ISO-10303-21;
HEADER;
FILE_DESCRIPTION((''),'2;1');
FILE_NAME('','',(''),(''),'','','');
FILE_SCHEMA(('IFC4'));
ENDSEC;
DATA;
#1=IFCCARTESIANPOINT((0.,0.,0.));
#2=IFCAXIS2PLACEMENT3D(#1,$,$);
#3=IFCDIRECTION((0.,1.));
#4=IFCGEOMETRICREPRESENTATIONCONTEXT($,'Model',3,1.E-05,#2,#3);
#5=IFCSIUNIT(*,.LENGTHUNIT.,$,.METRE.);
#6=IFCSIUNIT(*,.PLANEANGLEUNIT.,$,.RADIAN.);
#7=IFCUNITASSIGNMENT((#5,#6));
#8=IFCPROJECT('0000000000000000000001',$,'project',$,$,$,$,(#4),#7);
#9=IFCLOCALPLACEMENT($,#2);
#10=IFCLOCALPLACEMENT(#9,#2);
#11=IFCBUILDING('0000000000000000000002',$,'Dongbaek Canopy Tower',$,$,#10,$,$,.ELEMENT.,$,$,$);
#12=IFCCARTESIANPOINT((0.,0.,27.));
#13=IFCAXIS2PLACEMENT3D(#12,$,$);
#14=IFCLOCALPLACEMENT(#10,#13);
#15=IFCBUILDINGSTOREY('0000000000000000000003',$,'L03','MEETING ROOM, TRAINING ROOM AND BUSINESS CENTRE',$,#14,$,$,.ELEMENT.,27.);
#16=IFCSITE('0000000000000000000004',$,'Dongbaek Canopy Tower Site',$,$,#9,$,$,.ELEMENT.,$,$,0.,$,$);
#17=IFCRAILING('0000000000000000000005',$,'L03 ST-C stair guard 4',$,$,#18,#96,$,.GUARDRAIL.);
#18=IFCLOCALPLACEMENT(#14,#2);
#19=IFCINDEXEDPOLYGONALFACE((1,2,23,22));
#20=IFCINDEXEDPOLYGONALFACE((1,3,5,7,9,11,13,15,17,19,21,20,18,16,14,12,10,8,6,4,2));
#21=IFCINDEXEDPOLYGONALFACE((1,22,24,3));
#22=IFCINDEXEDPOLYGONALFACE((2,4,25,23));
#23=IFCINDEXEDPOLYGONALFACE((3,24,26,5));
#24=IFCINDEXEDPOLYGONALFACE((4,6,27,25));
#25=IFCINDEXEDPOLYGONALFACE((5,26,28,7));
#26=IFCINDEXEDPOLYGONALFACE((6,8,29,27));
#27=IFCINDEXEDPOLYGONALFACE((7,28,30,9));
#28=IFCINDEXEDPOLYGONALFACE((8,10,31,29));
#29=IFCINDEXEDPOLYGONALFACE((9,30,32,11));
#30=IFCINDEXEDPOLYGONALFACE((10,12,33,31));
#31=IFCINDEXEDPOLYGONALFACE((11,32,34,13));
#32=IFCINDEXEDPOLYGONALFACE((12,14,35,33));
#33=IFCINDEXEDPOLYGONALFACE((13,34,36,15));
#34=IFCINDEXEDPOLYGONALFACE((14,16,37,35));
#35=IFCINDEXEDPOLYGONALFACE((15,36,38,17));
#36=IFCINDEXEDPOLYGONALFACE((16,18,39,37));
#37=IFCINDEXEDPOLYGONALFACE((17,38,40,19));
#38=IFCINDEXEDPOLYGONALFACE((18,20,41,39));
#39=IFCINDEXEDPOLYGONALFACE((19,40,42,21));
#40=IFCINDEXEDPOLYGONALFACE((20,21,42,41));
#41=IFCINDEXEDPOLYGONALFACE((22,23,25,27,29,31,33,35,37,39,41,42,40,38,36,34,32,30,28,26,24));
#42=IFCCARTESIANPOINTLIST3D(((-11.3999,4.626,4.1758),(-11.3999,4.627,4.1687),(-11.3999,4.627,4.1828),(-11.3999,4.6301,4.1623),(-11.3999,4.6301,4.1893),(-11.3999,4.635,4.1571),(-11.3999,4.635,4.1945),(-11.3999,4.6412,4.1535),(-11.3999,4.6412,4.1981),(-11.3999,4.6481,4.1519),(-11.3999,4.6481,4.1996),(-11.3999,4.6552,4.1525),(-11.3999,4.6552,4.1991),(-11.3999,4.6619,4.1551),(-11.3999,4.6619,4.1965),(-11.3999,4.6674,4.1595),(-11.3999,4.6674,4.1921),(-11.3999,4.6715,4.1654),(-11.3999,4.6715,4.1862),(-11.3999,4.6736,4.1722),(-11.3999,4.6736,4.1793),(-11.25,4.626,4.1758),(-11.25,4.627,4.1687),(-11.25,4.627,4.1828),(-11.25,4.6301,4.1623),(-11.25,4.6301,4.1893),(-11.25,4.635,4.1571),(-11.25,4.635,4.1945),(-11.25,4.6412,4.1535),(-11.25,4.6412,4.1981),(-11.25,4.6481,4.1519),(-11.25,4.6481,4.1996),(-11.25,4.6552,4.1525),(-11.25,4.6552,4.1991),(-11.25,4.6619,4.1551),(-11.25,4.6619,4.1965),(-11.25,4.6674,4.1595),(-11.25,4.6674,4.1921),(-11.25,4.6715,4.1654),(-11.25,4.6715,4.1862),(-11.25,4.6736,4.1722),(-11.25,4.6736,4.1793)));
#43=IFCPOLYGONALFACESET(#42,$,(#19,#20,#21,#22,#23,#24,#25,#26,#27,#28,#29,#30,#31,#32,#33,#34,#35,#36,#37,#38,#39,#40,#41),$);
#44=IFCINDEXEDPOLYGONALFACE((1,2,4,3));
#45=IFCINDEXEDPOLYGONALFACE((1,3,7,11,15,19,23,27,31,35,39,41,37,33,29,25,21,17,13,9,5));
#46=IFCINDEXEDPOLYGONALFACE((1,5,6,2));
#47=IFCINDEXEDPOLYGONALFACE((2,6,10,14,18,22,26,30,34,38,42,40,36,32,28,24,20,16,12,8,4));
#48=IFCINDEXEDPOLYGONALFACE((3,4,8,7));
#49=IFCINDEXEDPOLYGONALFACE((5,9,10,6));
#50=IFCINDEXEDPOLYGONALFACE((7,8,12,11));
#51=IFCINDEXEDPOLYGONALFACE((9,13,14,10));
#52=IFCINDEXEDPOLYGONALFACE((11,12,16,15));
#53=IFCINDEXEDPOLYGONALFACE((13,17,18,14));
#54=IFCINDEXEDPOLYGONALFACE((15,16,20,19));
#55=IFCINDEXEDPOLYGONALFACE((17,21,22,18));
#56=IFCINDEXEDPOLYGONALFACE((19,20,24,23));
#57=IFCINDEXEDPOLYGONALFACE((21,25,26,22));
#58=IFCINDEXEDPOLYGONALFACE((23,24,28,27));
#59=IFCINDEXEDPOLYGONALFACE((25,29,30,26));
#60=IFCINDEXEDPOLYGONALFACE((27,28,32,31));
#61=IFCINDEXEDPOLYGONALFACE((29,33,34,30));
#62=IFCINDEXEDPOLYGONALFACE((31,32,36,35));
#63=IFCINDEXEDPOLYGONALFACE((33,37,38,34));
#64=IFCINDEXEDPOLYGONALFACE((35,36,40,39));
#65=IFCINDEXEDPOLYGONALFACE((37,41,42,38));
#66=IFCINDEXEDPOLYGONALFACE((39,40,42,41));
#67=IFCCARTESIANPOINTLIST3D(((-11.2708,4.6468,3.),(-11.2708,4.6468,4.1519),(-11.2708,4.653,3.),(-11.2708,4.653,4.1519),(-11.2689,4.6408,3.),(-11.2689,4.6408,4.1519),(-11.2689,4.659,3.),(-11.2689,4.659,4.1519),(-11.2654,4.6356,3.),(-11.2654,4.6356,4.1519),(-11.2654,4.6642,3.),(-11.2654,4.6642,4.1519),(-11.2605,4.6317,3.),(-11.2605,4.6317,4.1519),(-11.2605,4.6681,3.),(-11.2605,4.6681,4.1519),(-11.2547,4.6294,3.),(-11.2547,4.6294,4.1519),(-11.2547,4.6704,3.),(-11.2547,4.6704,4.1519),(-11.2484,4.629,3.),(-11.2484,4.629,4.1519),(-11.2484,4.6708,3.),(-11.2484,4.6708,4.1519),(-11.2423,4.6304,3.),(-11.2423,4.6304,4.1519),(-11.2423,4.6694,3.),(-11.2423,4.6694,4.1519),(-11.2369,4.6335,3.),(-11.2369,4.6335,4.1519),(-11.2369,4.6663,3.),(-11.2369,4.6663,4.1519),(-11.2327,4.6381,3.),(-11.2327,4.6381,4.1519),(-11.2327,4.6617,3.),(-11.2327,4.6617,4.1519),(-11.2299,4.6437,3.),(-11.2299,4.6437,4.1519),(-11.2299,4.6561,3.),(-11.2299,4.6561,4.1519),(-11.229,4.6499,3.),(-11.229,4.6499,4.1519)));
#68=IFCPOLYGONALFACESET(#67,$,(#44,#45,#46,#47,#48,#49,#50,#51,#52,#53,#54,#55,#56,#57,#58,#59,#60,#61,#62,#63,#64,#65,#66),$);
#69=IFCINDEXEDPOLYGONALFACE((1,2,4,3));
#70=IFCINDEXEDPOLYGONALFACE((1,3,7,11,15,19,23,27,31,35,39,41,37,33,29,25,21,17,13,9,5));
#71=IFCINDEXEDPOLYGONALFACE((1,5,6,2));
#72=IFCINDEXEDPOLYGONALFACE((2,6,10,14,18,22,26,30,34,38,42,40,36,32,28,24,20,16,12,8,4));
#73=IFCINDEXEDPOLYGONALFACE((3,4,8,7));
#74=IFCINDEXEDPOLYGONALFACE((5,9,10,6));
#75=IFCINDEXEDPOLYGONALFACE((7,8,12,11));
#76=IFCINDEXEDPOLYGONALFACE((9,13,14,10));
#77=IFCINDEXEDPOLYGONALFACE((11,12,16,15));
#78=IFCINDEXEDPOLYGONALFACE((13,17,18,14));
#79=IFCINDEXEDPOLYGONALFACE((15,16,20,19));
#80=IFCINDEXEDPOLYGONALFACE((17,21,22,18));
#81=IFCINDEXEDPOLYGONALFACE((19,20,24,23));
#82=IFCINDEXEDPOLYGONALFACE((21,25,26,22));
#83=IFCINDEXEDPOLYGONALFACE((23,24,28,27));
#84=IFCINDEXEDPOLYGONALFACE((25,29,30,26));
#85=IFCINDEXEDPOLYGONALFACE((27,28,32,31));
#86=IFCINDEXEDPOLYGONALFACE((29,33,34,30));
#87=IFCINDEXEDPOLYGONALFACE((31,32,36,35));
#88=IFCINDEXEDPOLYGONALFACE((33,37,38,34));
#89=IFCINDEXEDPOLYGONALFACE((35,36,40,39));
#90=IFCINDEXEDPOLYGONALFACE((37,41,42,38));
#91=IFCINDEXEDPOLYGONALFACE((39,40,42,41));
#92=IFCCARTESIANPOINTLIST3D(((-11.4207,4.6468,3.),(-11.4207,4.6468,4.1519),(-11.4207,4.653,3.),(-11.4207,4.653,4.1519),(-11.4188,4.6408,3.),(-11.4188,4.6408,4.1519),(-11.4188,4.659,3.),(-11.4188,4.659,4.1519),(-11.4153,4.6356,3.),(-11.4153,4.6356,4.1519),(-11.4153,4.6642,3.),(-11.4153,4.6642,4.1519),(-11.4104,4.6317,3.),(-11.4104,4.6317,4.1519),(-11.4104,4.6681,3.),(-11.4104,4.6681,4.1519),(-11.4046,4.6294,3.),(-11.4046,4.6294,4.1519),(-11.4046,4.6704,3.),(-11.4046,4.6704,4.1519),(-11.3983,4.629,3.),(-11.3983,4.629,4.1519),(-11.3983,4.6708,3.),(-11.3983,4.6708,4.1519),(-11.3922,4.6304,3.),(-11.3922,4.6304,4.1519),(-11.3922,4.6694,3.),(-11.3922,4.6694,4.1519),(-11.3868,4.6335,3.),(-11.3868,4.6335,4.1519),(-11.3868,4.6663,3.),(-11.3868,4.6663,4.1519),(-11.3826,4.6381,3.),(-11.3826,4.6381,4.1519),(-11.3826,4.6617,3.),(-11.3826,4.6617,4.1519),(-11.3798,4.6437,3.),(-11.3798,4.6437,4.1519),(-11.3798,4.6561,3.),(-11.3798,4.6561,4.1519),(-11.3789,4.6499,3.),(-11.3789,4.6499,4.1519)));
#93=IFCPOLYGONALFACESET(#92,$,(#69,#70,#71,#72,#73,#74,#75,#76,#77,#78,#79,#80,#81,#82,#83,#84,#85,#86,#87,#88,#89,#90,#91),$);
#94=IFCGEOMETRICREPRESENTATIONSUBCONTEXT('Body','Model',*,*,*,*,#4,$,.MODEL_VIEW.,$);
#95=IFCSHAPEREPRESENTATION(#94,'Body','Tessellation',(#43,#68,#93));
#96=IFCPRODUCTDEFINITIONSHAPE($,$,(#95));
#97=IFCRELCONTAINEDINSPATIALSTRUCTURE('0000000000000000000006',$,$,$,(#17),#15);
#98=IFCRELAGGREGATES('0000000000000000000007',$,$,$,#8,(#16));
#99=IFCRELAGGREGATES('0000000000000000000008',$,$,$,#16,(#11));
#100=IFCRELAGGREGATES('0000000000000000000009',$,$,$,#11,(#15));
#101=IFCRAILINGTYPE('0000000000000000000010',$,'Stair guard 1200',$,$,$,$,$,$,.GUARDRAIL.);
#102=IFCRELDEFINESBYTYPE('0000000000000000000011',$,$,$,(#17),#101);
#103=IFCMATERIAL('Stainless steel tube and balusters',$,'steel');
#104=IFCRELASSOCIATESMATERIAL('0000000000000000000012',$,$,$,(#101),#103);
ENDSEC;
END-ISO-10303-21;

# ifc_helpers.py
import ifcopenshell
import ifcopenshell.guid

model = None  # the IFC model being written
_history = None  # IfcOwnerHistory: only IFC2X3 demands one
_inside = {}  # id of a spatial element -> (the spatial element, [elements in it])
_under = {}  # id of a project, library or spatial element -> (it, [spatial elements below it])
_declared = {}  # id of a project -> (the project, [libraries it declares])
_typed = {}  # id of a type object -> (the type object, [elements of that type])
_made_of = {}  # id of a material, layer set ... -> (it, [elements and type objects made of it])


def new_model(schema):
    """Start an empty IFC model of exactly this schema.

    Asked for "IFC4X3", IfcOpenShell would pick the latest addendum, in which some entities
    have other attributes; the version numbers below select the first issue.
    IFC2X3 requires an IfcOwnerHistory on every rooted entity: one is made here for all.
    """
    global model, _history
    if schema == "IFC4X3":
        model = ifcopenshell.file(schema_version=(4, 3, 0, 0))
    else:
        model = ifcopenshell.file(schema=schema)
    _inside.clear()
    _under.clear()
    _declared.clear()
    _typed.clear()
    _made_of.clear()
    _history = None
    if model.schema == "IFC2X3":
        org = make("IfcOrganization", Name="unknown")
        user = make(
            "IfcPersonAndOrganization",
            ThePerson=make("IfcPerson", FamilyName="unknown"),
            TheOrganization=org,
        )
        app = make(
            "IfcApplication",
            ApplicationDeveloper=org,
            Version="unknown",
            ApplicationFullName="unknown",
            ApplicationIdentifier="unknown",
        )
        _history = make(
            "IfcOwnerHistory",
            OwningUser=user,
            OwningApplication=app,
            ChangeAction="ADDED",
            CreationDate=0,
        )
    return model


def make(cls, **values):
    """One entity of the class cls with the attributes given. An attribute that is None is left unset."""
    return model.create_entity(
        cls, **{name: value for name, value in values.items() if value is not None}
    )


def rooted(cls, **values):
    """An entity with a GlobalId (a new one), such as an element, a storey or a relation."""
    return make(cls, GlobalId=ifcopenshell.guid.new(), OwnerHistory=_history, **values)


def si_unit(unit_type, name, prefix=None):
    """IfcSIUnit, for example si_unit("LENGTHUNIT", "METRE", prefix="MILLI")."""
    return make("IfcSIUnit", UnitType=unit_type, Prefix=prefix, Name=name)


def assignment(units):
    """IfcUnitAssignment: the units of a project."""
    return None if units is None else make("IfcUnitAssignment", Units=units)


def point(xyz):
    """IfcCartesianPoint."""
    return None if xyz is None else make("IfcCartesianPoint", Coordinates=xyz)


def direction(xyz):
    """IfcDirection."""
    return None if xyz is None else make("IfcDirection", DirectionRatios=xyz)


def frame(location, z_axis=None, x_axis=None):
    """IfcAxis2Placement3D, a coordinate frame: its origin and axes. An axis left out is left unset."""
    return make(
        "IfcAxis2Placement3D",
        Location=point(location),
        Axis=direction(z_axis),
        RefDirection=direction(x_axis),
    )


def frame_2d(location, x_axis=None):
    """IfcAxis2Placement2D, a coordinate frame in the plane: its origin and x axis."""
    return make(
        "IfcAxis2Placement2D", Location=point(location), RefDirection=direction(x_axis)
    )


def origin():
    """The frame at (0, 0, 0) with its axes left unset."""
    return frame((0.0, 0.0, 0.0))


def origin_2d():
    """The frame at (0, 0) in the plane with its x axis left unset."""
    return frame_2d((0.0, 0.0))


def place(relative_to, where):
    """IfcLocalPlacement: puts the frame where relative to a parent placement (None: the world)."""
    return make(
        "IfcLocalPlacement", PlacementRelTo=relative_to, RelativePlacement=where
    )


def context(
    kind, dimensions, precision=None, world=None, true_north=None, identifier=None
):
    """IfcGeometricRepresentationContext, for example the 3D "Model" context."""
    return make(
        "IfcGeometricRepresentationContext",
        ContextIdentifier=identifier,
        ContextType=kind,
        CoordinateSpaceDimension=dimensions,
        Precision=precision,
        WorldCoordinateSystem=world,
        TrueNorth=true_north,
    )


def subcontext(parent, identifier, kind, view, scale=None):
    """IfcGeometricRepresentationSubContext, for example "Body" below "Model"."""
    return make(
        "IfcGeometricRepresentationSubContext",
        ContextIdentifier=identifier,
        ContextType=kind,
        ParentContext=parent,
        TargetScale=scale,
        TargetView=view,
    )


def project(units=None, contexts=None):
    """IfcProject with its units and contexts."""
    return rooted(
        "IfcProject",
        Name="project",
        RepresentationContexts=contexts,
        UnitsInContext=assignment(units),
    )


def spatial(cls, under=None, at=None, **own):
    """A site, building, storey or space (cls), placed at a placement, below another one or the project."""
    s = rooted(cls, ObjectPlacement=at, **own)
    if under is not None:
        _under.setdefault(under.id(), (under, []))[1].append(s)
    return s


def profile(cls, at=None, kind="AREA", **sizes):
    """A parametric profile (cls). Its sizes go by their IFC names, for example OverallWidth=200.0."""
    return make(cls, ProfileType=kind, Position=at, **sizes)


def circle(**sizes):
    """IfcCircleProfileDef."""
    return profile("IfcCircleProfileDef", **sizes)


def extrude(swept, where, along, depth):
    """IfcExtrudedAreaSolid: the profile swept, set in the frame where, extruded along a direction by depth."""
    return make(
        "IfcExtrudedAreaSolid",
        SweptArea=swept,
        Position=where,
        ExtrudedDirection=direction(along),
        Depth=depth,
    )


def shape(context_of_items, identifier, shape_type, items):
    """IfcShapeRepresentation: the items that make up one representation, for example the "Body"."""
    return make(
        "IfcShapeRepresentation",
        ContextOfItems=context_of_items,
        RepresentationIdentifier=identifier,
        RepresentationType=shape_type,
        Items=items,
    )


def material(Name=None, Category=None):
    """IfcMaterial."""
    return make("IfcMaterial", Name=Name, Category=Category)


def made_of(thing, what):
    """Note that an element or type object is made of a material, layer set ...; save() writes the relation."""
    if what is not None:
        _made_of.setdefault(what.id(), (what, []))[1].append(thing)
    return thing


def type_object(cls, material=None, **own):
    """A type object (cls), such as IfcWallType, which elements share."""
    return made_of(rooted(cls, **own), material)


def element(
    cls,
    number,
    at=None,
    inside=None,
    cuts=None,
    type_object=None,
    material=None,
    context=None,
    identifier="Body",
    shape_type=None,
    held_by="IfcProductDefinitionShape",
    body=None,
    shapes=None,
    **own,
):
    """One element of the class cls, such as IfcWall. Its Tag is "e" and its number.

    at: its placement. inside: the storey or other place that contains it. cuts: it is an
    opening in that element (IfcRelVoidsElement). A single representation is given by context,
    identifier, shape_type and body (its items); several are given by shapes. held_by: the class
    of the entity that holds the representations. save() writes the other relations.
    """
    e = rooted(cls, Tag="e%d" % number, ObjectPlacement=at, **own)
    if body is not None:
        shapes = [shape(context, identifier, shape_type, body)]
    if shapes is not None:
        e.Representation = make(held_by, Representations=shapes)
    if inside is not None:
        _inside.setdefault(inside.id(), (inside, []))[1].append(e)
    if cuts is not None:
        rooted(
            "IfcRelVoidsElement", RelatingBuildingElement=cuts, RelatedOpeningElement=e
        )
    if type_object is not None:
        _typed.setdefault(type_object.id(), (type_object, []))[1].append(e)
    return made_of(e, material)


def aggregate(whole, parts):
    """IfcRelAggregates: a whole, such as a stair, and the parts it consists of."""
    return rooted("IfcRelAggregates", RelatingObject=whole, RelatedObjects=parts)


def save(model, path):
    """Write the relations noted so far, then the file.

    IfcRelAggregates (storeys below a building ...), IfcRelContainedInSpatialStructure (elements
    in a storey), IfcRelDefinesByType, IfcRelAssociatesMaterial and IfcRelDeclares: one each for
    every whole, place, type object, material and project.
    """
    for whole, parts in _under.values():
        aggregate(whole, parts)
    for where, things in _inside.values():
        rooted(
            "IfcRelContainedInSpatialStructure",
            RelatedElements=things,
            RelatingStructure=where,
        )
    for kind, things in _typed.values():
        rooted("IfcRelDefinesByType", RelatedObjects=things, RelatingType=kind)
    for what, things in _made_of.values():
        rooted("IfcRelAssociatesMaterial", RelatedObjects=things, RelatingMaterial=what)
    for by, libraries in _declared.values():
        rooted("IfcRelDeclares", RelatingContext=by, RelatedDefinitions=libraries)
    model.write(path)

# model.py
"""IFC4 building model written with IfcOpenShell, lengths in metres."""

from ifc_helpers import new_model, si_unit, direction, frame, origin, origin_2d, place, context, subcontext, project, spatial, circle, extrude, material, type_object, element, save


model = new_model("IFC4")

# Units and contexts
model_context = context("Model", 3, precision=1e-05, world=origin(), true_north=direction((0.0, 1.0)))
body_context = subcontext(model_context, "Body", "Model", "MODEL_VIEW")
ifc_project = project(units=[si_unit("LENGTHUNIT", "METRE"), si_unit("PLANEANGLEUNIT", "RADIAN")], contexts=[model_context])

# Site, building, storey
site_placement = place(None, origin())
site = spatial("IfcSite", under=ifc_project, at=site_placement, Name="Dongbaek Canopy Tower Site", CompositionType="ELEMENT", RefElevation=0.0)
building_placement = place(site_placement, origin())
building = spatial("IfcBuilding", under=site, at=building_placement, Name="Dongbaek Canopy Tower", CompositionType="ELEMENT")
storey_placement = place(building_placement, frame((0.0, 0.0, 27.0)))
storey = spatial("IfcBuildingStorey", under=building, at=storey_placement, Name="L03", Description="MEETING ROOM, TRAINING ROOM AND BUSINESS CENTRE", CompositionType="ELEMENT", Elevation=27.0)

# Railing
ifc_material_1 = material(Name="Stainless steel tube and balusters", Category="steel")
railing_type_1 = type_object("IfcRailingType", Name="Stair guard 1200", PredefinedType="GUARDRAIL", material=ifc_material_1)
railing_1_placement = place(storey_placement, frame((-11.25, 4.6499, 3.0)))
element("IfcRailing", 1, at=railing_1_placement, inside=storey, type_object=railing_type_1, Name="L03 ST-C stair guard 4", PredefinedType="GUARDRAIL", context=body_context, shape_type="SweptSolid", body=[
    extrude(circle(Radius=0.0239, at=origin_2d()), frame((0.0, 0.0, 1.1758), z_axis=(-1.0, 0.0, 0.0), x_axis=(0.0, -1.0, 0.0)), (0.0, 0.0, 1.0), 0.1499),
    extrude(circle(Radius=0.021, at=origin_2d()), origin(), (0.0, 0.0, 1.0), 1.1519),
    extrude(circle(Radius=0.021, at=origin_2d()), frame((-0.1499, 0.0, 0.0)), (0.0, 0.0, 1.0), 1.1519),
])

save(model, "model.ifc")
